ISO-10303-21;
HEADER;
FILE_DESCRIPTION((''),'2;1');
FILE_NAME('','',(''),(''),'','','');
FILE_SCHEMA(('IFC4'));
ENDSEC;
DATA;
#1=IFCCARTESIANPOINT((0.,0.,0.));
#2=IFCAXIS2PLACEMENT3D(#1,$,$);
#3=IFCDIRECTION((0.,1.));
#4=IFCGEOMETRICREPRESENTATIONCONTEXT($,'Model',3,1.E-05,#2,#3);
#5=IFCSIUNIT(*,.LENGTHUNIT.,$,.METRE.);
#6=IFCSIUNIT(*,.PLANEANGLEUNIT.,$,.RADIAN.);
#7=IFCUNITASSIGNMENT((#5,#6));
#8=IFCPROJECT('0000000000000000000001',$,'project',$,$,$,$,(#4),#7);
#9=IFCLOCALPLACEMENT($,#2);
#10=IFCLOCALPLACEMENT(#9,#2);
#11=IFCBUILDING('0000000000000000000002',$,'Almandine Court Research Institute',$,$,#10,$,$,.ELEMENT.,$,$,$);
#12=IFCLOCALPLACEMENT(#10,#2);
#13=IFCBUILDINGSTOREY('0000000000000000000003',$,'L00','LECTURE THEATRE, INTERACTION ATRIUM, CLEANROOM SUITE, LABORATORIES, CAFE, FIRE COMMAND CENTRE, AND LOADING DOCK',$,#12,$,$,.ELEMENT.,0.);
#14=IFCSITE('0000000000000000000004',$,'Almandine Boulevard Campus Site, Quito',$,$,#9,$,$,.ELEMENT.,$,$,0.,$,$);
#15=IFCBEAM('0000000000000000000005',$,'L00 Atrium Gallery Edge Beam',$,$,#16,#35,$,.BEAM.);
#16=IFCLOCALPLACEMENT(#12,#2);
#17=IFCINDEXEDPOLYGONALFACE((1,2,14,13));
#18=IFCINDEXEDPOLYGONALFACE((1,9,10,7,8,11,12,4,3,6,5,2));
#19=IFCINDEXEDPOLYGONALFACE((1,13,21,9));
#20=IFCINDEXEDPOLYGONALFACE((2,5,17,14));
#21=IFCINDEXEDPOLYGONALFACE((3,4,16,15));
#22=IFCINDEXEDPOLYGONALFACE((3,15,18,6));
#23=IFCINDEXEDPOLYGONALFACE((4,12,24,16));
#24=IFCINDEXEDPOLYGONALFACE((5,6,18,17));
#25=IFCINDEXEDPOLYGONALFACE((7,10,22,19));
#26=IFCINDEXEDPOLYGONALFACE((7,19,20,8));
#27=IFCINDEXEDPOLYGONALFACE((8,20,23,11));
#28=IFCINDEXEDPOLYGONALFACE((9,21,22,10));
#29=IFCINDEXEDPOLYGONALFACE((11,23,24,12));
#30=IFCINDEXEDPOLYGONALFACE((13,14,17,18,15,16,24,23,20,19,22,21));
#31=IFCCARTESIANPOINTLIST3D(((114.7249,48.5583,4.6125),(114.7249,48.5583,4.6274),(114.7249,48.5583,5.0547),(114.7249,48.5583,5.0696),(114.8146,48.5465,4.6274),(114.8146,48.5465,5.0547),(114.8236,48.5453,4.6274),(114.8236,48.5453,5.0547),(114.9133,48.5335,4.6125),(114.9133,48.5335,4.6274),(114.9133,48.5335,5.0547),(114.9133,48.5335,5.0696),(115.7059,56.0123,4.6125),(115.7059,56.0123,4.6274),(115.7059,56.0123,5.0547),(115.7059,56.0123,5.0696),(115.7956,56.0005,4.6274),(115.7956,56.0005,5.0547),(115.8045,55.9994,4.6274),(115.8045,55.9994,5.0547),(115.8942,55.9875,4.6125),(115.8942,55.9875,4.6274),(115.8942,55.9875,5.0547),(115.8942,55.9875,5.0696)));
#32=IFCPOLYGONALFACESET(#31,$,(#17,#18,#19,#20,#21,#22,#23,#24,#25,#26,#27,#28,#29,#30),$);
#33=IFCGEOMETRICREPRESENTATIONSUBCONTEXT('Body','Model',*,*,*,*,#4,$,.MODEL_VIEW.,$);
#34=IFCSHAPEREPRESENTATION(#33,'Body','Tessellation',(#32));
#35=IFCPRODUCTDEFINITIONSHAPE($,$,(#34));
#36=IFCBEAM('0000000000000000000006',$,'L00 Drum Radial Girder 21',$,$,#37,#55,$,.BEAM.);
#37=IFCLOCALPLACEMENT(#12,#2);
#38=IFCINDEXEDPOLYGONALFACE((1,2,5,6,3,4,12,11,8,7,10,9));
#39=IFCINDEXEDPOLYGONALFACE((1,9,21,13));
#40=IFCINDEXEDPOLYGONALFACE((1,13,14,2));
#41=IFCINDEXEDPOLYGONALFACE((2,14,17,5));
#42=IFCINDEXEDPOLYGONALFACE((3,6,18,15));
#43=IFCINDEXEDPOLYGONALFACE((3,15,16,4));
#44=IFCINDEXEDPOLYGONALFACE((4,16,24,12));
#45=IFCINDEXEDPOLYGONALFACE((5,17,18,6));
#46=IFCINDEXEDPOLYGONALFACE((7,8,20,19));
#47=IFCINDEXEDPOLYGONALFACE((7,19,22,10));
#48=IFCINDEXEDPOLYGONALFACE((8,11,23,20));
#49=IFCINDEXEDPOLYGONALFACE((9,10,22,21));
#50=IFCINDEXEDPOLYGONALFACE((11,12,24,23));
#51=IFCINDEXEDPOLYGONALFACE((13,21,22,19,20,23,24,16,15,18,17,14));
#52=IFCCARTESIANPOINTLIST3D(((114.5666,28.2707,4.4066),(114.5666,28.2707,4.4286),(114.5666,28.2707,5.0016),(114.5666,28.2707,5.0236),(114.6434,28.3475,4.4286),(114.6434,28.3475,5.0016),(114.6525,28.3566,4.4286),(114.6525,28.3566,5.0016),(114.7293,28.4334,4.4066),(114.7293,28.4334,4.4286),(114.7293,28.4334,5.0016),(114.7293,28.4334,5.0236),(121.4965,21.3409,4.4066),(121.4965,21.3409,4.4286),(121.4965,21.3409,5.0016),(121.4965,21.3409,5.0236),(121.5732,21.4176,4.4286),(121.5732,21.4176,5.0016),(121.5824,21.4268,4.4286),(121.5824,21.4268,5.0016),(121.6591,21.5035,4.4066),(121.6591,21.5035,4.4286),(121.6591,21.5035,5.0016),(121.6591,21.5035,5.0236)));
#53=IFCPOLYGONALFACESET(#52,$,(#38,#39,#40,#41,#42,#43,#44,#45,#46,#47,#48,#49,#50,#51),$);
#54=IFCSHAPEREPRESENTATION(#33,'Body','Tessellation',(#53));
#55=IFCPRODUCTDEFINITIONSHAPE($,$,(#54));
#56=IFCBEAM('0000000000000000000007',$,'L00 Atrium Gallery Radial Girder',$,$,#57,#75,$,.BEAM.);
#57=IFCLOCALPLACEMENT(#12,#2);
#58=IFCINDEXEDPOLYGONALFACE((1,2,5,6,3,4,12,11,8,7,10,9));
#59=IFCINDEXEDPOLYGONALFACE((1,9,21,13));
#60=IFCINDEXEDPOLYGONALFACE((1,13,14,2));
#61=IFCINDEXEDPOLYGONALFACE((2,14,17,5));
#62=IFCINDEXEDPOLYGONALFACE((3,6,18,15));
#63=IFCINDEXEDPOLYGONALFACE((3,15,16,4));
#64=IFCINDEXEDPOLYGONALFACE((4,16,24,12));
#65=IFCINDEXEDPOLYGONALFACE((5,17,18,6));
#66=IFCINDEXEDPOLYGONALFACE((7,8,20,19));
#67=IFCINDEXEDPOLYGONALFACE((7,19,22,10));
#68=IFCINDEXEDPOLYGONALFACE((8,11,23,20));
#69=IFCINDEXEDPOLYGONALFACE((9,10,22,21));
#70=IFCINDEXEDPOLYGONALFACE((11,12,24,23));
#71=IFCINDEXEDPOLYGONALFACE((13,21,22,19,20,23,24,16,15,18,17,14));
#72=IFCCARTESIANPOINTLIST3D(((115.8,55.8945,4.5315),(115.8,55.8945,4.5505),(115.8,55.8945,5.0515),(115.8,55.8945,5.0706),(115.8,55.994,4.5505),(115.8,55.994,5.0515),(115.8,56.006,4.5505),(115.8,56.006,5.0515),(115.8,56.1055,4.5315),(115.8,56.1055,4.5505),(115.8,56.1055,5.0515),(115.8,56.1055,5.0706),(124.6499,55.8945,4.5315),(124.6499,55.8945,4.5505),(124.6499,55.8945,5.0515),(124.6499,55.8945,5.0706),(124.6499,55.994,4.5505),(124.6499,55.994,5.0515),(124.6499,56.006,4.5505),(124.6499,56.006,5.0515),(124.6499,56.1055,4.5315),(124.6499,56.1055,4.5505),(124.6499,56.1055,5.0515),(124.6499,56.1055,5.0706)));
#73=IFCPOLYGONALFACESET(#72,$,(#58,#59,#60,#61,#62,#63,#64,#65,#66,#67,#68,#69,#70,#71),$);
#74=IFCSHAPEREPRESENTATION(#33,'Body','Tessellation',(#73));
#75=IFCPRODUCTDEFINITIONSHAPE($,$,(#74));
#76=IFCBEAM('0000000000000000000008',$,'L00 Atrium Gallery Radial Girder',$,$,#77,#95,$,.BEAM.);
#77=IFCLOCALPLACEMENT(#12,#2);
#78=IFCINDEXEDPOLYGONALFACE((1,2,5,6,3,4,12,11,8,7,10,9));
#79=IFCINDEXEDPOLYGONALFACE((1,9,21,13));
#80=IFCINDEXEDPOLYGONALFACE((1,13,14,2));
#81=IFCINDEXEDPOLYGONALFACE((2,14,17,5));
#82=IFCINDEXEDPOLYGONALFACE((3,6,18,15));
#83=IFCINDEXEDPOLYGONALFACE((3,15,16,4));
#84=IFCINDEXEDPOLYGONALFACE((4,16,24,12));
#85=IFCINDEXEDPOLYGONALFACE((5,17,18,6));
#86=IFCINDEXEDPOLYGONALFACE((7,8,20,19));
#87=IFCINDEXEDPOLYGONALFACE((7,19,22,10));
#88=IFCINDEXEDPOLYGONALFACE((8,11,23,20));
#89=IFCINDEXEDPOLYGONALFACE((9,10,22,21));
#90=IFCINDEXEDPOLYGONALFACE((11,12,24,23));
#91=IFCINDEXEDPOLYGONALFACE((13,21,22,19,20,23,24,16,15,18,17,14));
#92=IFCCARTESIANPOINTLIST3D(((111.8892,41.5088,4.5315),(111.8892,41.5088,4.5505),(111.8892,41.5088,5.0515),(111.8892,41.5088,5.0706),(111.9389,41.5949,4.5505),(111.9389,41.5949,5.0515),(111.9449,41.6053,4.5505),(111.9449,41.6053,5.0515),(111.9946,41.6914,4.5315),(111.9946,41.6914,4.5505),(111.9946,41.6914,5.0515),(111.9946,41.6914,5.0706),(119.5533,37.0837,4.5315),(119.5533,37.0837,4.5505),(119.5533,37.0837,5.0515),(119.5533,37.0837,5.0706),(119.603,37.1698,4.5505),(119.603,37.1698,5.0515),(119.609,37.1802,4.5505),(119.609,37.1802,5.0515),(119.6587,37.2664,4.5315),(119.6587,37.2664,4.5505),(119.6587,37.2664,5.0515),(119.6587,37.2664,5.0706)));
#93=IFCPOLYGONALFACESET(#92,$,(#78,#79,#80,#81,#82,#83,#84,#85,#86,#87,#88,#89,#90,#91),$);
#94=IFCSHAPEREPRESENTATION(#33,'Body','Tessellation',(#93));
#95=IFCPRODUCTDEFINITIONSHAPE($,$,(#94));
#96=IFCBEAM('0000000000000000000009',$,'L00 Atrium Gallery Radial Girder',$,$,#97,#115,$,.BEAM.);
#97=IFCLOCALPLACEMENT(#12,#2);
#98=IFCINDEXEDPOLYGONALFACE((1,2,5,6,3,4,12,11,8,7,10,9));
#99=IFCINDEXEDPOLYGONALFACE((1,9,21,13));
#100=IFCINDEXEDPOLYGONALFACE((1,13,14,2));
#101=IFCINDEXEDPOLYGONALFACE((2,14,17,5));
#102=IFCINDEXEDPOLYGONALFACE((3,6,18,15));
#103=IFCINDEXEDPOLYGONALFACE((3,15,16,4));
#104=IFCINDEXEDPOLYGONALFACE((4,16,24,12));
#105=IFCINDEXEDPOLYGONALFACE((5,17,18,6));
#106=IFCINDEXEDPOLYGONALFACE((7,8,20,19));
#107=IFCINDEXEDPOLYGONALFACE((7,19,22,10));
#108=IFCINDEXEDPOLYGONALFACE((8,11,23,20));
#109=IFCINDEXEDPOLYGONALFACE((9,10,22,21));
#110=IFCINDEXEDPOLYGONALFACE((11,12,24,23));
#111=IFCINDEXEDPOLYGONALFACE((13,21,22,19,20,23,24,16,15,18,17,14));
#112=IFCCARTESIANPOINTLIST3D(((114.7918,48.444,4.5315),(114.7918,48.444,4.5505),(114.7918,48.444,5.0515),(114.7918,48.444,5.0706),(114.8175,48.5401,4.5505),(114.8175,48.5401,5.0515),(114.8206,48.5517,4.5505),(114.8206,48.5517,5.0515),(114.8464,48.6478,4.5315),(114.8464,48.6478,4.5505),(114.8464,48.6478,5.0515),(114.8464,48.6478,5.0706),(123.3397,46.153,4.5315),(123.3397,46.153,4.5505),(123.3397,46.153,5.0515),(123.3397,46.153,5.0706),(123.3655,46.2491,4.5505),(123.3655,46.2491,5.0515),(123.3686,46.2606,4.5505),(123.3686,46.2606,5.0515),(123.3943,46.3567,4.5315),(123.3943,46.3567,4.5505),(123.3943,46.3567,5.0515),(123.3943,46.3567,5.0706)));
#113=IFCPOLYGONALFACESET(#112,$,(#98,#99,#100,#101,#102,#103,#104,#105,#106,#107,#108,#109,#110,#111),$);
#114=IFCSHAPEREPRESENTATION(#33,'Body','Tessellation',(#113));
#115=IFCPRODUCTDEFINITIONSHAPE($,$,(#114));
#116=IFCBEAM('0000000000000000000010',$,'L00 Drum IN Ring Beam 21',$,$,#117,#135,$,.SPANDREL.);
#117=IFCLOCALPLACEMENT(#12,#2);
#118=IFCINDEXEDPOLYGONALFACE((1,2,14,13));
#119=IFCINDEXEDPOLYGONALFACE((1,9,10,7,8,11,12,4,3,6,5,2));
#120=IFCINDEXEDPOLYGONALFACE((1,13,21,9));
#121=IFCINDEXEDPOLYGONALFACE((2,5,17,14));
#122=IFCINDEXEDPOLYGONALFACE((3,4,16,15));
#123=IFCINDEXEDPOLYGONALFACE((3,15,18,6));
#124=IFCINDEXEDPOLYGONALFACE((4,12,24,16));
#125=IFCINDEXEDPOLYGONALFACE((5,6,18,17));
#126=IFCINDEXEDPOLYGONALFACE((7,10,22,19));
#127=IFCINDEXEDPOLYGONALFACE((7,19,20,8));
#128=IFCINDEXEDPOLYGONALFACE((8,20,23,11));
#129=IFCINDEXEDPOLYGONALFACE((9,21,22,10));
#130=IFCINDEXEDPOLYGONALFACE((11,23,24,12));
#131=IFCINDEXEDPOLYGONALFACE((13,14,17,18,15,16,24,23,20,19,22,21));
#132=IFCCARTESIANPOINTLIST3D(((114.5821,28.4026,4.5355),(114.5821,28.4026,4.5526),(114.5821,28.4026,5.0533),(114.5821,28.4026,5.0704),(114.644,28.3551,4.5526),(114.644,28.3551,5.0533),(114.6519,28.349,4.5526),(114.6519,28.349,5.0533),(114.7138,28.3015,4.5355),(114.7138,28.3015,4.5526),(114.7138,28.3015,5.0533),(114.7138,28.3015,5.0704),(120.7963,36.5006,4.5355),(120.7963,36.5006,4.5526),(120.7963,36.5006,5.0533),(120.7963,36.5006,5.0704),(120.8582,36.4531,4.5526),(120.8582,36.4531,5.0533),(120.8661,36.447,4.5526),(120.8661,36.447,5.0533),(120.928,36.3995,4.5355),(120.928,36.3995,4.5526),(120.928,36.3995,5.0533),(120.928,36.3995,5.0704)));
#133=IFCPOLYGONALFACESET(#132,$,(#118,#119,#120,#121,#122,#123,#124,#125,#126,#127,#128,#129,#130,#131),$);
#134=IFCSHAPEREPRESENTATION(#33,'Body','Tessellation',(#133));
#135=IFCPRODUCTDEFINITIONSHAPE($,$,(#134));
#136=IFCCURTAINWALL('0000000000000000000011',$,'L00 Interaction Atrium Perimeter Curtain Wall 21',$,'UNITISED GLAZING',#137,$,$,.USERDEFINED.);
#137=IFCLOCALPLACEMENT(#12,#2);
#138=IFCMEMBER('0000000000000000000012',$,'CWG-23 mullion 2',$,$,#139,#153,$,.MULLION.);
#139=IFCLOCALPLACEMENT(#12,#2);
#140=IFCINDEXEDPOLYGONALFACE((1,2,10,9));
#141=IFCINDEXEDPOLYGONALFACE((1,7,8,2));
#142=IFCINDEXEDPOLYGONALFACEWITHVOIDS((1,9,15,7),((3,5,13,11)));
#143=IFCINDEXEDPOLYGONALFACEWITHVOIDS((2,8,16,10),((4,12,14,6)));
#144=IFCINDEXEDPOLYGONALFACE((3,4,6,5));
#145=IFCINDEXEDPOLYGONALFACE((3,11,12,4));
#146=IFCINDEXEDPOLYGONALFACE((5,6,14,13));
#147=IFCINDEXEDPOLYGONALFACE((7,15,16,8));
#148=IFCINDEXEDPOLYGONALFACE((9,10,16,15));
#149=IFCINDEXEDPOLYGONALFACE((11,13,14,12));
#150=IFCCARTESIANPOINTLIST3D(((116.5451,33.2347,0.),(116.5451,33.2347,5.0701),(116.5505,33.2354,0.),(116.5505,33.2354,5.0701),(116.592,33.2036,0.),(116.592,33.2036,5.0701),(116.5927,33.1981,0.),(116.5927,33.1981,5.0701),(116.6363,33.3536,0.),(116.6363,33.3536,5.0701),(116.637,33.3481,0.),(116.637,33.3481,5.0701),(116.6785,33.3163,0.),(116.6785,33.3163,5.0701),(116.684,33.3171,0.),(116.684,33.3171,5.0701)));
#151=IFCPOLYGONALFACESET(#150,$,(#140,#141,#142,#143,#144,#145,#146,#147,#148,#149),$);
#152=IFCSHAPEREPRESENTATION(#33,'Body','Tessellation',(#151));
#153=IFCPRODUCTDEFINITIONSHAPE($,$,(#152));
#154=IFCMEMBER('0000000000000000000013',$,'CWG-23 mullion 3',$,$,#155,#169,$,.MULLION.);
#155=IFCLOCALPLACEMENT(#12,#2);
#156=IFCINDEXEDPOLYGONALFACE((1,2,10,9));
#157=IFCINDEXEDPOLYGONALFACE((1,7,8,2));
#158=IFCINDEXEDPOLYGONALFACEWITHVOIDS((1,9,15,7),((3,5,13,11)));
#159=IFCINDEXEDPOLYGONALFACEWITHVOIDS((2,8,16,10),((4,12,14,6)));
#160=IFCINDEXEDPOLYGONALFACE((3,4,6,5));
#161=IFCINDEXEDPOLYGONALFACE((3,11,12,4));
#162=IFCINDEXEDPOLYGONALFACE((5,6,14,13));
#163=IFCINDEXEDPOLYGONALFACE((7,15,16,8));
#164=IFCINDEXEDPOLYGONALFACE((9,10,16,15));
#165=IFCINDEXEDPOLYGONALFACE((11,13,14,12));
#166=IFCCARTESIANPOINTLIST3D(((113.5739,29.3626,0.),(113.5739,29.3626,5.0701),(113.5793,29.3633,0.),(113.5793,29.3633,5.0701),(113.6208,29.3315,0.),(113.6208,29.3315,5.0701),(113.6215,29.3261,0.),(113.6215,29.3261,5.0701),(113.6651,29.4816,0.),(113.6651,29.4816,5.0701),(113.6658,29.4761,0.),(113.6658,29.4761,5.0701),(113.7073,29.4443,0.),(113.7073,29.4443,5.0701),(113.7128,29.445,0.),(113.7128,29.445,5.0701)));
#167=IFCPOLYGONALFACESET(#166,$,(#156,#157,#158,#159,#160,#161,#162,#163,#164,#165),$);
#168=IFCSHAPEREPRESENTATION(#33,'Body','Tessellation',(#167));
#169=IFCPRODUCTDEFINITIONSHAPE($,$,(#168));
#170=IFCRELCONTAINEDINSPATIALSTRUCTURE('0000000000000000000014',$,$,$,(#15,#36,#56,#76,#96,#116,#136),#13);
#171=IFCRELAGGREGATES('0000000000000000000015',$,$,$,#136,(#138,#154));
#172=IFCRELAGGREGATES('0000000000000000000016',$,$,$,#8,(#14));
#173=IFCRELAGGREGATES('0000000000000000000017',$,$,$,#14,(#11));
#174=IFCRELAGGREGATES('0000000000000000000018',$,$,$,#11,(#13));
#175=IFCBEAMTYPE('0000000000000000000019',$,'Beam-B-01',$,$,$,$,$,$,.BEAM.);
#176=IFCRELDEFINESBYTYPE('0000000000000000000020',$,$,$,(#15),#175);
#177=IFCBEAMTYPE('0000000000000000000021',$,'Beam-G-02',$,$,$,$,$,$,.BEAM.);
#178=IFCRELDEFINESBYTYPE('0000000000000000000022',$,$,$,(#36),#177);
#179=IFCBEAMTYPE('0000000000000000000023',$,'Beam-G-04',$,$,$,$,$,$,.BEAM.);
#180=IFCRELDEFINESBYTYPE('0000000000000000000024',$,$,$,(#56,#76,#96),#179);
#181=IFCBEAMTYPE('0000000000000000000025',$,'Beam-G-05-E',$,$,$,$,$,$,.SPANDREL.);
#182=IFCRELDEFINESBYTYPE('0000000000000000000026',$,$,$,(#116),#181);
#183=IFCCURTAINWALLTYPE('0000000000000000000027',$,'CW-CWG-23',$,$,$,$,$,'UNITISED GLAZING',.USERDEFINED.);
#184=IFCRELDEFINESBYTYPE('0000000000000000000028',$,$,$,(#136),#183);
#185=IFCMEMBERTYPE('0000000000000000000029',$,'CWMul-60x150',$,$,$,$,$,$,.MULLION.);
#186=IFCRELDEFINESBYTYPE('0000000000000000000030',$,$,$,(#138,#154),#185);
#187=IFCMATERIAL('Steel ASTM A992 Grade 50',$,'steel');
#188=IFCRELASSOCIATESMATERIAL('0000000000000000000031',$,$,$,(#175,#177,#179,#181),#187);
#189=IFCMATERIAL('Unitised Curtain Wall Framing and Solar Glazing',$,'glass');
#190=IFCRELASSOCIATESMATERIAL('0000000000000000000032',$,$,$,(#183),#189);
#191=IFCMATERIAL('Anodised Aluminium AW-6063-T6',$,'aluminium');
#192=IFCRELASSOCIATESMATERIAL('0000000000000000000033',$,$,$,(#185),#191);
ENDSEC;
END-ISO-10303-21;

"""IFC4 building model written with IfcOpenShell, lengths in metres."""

from ifc_helpers import new_model, si_unit, direction, frame, origin, origin_2d, place, context, subcontext, project, spatial, hollow_rectangle, i_section, extrude, material, material_profile, profile_set, type_object, element, aggregate, save


model = new_model("IFC4")

# Units and contexts
model_context = context("Model", 3, precision=1e-05, world=origin(), true_north=direction((0.0, 1.0)))
body_context = subcontext(model_context, "Body", "Model", "MODEL_VIEW")
ifc_project = project(units=[si_unit("LENGTHUNIT", "METRE"), si_unit("PLANEANGLEUNIT", "RADIAN")], contexts=[model_context])

# Site, building, storey
site_placement = place(None, origin())
site = spatial("IfcSite", under=ifc_project, at=site_placement, Name="Almandine Boulevard Campus Site, Quito", CompositionType="ELEMENT", RefElevation=0.0)
building_placement = place(site_placement, origin())
building = spatial("IfcBuilding", under=site, at=building_placement, Name="Almandine Court Research Institute", CompositionType="ELEMENT")
storey_placement = place(building_placement, origin())
storey = spatial("IfcBuildingStorey", under=building, at=storey_placement, Name="L00", Description="LECTURE THEATRE, INTERACTION ATRIUM, CLEANROOM SUITE, LABORATORIES, CAFE, FIRE COMMAND CENTRE, AND LOADING DOCK", CompositionType="ELEMENT", Elevation=0.0)

# Shared definitions
ifc_material_1 = material(Name="Steel ASTM A992 Grade 50", Category="steel")

# Beams
ifc_material_profile_1 = material_profile(ifc_material_1, i_section(OverallWidth=0.1899, OverallDepth=0.457, WebThickness=0.009, FlangeThickness=0.0149, at=origin_2d()), Name="W460x74")
ifc_profile_set_1 = profile_set([ifc_material_profile_1], Name="Steel ASTM A992 Grade 50")
beam_type_1 = type_object("IfcBeamType", Name="Beam-B-01", PredefinedType="BEAM", material=ifc_profile_set_1)
beam_1_placement = place(storey_placement, frame((114.8191, 48.5459, 4.8411), z_axis=(0.130475, 0.991452, 0.0), x_axis=(-0.991452, 0.130475, 0.0)))
element("IfcBeam", 1, at=beam_1_placement, inside=storey, type_object=beam_type_1, Name="L00 Atrium Gallery Edge Beam", PredefinedType="BEAM", context=body_context, shape_type="SweptSolid", body=[
    extrude(i_section(OverallWidth=0.1899, OverallDepth=0.457, WebThickness=0.009, FlangeThickness=0.0149, at=origin_2d()), origin(), (0.0, 0.0, 1.0), 7.5183),
])
ifc_material_profile_2 = material_profile(ifc_material_1, i_section(OverallWidth=0.23, OverallDepth=0.6169, WebThickness=0.0129, FlangeThickness=0.022, at=origin_2d()), Name="W610x140")
ifc_profile_set_2 = profile_set([ifc_material_profile_2], Name="Steel ASTM A992 Grade 50")
beam_type_2 = type_object("IfcBeamType", Name="Beam-G-02", PredefinedType="BEAM", material=ifc_profile_set_2)
beam_2_placement = place(storey_placement, frame((114.6479, 28.3521, 4.7151), z_axis=(0.707107, -0.707107, 0.0), x_axis=(0.707107, 0.707107, 0.0)))
element("IfcBeam", 2, at=beam_2_placement, inside=storey, type_object=beam_type_2, Name="L00 Drum Radial Girder 21", PredefinedType="BEAM", context=body_context, shape_type="SweptSolid", body=[
    extrude(i_section(OverallWidth=0.23, OverallDepth=0.6169, WebThickness=0.0129, FlangeThickness=0.022, at=origin_2d()), origin(), (0.0, 0.0, 1.0), 9.8003),
])
ifc_material_profile_3 = material_profile(ifc_material_1, i_section(OverallWidth=0.2109, OverallDepth=0.5391, WebThickness=0.012, FlangeThickness=0.019, at=origin_2d()), Name="W530x109")
ifc_profile_set_3 = profile_set([ifc_material_profile_3], Name="Steel ASTM A992 Grade 50")
beam_type_3 = type_object("IfcBeamType", Name="Beam-G-04", PredefinedType="BEAM", material=ifc_profile_set_3)
for number, where, z_axis, x_axis, name in (
    (3, (115.8, 56.0, 4.801), (1.0, 0.0, 0.0), (0.0, 1.0, 0.0), "L00 Atrium Gallery Radial Girder"),
    (4, (111.9419, 41.6001, 4.801), (0.866016, -0.500017, 0.0), (0.500017, 0.866016, 0.0), "L00 Atrium Gallery Radial Girder"),
):
    element("IfcBeam", number, at=place(storey_placement, frame(where, z_axis=z_axis, x_axis=x_axis)), inside=storey, type_object=beam_type_3, Name=name, PredefinedType="BEAM", context=body_context, shape_type="SweptSolid", body=[
        extrude(i_section(OverallWidth=0.2109, OverallDepth=0.5391, WebThickness=0.012, FlangeThickness=0.019, at=origin_2d()), origin(), (0.0, 0.0, 1.0), 8.8499),
    ])
beam_3_placement = place(storey_placement, frame((114.8191, 48.5459, 4.801), z_axis=(0.965908, -0.258885, 0.0), x_axis=(0.258885, 0.965908, 0.0)))
element("IfcBeam", 5, at=beam_3_placement, inside=storey, type_object=beam_type_3, Name="L00 Atrium Gallery Radial Girder", PredefinedType="BEAM", context=body_context, shape_type="SweptSolid", body=[
    extrude(i_section(OverallWidth=0.2109, OverallDepth=0.5391, WebThickness=0.012, FlangeThickness=0.019, at=origin_2d()), origin(), (0.0, 0.0, 1.0), 8.8496),
])
ifc_material_profile_4 = material_profile(ifc_material_1, i_section(OverallWidth=0.166, OverallDepth=0.5349, WebThickness=0.01, FlangeThickness=0.0171, at=origin_2d()), Name="W530x85")
ifc_profile_set_4 = profile_set([ifc_material_profile_4], Name="Steel ASTM A992 Grade 50")
beam_type_4 = type_object("IfcBeamType", Name="Beam-G-05-E", PredefinedType="SPANDREL", material=ifc_profile_set_4)
beam_4_placement = place(storey_placement, frame((114.6479, 28.3521, 4.803), z_axis=(0.608784, 0.793336, 0.0), x_axis=(-0.793336, 0.608784, 0.0)))
element("IfcBeam", 6, at=beam_4_placement, inside=storey, type_object=beam_type_4, Name="L00 Drum IN Ring Beam 21", PredefinedType="SPANDREL", context=body_context, shape_type="SweptSolid", body=[
    extrude(i_section(OverallWidth=0.166, OverallDepth=0.5349, WebThickness=0.01, FlangeThickness=0.0171, at=origin_2d()), origin(), (0.0, 0.0, 1.0), 10.2075),
])

# Curtain wall, members
ifc_material_2 = material(Name="Unitised Curtain Wall Framing and Solar Glazing", Category="glass")
curtain_wall_type = type_object("IfcCurtainWallType", Name="CW-CWG-23", ElementType="UNITISED GLAZING", PredefinedType="USERDEFINED", material=ifc_material_2)
curtain_wall_placement = place(storey_placement, origin())
curtain_wall = element("IfcCurtainWall", 7, at=curtain_wall_placement, inside=storey, type_object=curtain_wall_type, Name="L00 Interaction Atrium Perimeter Curtain Wall 21", ObjectType="UNITISED GLAZING", PredefinedType="USERDEFINED")
ifc_material_3 = material(Name="Anodised Aluminium AW-6063-T6", Category="aluminium")
ifc_material_profile_5 = material_profile(ifc_material_3, hollow_rectangle(XDim=0.0601, YDim=0.1499, WallThickness=0.0039, at=origin_2d()), Name="ALU RHS 60x150x4")
ifc_profile_set_5 = profile_set([ifc_material_profile_5], Name="Anodised Aluminium AW-6063-T6")
member_type_1 = type_object("IfcMemberType", Name="CWMul-60x150", PredefinedType="MULLION", material=ifc_profile_set_5)
member_1_placement = place(storey_placement, frame((116.6145, 33.2759, 0.0), z_axis=(0.0, 0.0, 1.0), x_axis=(0.793354, -0.608761, 0.0)))
member_1 = element("IfcMember", 8, at=member_1_placement, type_object=member_type_1, Name="CWG-23 mullion 2", PredefinedType="MULLION", context=body_context, shape_type="SweptSolid", body=[
    extrude(hollow_rectangle(XDim=0.0601, YDim=0.1499, WallThickness=0.0039, at=origin_2d()), origin(), (0.0, 0.0, 1.0), 5.0701),
])
member_2_placement = place(storey_placement, frame((113.6433, 29.4038, 0.0), z_axis=(0.0, 0.0, 1.0), x_axis=(0.793354, -0.608761, 0.0)))
member_2 = element("IfcMember", 9, at=member_2_placement, type_object=member_type_1, Name="CWG-23 mullion 3", PredefinedType="MULLION", context=body_context, shape_type="SweptSolid", body=[
    extrude(hollow_rectangle(XDim=0.0601, YDim=0.1499, WallThickness=0.0039, at=origin_2d()), origin(), (0.0, 0.0, 1.0), 5.0701),
])
aggregate(curtain_wall, [member_1, member_2])

save(model, "model.ifc")
